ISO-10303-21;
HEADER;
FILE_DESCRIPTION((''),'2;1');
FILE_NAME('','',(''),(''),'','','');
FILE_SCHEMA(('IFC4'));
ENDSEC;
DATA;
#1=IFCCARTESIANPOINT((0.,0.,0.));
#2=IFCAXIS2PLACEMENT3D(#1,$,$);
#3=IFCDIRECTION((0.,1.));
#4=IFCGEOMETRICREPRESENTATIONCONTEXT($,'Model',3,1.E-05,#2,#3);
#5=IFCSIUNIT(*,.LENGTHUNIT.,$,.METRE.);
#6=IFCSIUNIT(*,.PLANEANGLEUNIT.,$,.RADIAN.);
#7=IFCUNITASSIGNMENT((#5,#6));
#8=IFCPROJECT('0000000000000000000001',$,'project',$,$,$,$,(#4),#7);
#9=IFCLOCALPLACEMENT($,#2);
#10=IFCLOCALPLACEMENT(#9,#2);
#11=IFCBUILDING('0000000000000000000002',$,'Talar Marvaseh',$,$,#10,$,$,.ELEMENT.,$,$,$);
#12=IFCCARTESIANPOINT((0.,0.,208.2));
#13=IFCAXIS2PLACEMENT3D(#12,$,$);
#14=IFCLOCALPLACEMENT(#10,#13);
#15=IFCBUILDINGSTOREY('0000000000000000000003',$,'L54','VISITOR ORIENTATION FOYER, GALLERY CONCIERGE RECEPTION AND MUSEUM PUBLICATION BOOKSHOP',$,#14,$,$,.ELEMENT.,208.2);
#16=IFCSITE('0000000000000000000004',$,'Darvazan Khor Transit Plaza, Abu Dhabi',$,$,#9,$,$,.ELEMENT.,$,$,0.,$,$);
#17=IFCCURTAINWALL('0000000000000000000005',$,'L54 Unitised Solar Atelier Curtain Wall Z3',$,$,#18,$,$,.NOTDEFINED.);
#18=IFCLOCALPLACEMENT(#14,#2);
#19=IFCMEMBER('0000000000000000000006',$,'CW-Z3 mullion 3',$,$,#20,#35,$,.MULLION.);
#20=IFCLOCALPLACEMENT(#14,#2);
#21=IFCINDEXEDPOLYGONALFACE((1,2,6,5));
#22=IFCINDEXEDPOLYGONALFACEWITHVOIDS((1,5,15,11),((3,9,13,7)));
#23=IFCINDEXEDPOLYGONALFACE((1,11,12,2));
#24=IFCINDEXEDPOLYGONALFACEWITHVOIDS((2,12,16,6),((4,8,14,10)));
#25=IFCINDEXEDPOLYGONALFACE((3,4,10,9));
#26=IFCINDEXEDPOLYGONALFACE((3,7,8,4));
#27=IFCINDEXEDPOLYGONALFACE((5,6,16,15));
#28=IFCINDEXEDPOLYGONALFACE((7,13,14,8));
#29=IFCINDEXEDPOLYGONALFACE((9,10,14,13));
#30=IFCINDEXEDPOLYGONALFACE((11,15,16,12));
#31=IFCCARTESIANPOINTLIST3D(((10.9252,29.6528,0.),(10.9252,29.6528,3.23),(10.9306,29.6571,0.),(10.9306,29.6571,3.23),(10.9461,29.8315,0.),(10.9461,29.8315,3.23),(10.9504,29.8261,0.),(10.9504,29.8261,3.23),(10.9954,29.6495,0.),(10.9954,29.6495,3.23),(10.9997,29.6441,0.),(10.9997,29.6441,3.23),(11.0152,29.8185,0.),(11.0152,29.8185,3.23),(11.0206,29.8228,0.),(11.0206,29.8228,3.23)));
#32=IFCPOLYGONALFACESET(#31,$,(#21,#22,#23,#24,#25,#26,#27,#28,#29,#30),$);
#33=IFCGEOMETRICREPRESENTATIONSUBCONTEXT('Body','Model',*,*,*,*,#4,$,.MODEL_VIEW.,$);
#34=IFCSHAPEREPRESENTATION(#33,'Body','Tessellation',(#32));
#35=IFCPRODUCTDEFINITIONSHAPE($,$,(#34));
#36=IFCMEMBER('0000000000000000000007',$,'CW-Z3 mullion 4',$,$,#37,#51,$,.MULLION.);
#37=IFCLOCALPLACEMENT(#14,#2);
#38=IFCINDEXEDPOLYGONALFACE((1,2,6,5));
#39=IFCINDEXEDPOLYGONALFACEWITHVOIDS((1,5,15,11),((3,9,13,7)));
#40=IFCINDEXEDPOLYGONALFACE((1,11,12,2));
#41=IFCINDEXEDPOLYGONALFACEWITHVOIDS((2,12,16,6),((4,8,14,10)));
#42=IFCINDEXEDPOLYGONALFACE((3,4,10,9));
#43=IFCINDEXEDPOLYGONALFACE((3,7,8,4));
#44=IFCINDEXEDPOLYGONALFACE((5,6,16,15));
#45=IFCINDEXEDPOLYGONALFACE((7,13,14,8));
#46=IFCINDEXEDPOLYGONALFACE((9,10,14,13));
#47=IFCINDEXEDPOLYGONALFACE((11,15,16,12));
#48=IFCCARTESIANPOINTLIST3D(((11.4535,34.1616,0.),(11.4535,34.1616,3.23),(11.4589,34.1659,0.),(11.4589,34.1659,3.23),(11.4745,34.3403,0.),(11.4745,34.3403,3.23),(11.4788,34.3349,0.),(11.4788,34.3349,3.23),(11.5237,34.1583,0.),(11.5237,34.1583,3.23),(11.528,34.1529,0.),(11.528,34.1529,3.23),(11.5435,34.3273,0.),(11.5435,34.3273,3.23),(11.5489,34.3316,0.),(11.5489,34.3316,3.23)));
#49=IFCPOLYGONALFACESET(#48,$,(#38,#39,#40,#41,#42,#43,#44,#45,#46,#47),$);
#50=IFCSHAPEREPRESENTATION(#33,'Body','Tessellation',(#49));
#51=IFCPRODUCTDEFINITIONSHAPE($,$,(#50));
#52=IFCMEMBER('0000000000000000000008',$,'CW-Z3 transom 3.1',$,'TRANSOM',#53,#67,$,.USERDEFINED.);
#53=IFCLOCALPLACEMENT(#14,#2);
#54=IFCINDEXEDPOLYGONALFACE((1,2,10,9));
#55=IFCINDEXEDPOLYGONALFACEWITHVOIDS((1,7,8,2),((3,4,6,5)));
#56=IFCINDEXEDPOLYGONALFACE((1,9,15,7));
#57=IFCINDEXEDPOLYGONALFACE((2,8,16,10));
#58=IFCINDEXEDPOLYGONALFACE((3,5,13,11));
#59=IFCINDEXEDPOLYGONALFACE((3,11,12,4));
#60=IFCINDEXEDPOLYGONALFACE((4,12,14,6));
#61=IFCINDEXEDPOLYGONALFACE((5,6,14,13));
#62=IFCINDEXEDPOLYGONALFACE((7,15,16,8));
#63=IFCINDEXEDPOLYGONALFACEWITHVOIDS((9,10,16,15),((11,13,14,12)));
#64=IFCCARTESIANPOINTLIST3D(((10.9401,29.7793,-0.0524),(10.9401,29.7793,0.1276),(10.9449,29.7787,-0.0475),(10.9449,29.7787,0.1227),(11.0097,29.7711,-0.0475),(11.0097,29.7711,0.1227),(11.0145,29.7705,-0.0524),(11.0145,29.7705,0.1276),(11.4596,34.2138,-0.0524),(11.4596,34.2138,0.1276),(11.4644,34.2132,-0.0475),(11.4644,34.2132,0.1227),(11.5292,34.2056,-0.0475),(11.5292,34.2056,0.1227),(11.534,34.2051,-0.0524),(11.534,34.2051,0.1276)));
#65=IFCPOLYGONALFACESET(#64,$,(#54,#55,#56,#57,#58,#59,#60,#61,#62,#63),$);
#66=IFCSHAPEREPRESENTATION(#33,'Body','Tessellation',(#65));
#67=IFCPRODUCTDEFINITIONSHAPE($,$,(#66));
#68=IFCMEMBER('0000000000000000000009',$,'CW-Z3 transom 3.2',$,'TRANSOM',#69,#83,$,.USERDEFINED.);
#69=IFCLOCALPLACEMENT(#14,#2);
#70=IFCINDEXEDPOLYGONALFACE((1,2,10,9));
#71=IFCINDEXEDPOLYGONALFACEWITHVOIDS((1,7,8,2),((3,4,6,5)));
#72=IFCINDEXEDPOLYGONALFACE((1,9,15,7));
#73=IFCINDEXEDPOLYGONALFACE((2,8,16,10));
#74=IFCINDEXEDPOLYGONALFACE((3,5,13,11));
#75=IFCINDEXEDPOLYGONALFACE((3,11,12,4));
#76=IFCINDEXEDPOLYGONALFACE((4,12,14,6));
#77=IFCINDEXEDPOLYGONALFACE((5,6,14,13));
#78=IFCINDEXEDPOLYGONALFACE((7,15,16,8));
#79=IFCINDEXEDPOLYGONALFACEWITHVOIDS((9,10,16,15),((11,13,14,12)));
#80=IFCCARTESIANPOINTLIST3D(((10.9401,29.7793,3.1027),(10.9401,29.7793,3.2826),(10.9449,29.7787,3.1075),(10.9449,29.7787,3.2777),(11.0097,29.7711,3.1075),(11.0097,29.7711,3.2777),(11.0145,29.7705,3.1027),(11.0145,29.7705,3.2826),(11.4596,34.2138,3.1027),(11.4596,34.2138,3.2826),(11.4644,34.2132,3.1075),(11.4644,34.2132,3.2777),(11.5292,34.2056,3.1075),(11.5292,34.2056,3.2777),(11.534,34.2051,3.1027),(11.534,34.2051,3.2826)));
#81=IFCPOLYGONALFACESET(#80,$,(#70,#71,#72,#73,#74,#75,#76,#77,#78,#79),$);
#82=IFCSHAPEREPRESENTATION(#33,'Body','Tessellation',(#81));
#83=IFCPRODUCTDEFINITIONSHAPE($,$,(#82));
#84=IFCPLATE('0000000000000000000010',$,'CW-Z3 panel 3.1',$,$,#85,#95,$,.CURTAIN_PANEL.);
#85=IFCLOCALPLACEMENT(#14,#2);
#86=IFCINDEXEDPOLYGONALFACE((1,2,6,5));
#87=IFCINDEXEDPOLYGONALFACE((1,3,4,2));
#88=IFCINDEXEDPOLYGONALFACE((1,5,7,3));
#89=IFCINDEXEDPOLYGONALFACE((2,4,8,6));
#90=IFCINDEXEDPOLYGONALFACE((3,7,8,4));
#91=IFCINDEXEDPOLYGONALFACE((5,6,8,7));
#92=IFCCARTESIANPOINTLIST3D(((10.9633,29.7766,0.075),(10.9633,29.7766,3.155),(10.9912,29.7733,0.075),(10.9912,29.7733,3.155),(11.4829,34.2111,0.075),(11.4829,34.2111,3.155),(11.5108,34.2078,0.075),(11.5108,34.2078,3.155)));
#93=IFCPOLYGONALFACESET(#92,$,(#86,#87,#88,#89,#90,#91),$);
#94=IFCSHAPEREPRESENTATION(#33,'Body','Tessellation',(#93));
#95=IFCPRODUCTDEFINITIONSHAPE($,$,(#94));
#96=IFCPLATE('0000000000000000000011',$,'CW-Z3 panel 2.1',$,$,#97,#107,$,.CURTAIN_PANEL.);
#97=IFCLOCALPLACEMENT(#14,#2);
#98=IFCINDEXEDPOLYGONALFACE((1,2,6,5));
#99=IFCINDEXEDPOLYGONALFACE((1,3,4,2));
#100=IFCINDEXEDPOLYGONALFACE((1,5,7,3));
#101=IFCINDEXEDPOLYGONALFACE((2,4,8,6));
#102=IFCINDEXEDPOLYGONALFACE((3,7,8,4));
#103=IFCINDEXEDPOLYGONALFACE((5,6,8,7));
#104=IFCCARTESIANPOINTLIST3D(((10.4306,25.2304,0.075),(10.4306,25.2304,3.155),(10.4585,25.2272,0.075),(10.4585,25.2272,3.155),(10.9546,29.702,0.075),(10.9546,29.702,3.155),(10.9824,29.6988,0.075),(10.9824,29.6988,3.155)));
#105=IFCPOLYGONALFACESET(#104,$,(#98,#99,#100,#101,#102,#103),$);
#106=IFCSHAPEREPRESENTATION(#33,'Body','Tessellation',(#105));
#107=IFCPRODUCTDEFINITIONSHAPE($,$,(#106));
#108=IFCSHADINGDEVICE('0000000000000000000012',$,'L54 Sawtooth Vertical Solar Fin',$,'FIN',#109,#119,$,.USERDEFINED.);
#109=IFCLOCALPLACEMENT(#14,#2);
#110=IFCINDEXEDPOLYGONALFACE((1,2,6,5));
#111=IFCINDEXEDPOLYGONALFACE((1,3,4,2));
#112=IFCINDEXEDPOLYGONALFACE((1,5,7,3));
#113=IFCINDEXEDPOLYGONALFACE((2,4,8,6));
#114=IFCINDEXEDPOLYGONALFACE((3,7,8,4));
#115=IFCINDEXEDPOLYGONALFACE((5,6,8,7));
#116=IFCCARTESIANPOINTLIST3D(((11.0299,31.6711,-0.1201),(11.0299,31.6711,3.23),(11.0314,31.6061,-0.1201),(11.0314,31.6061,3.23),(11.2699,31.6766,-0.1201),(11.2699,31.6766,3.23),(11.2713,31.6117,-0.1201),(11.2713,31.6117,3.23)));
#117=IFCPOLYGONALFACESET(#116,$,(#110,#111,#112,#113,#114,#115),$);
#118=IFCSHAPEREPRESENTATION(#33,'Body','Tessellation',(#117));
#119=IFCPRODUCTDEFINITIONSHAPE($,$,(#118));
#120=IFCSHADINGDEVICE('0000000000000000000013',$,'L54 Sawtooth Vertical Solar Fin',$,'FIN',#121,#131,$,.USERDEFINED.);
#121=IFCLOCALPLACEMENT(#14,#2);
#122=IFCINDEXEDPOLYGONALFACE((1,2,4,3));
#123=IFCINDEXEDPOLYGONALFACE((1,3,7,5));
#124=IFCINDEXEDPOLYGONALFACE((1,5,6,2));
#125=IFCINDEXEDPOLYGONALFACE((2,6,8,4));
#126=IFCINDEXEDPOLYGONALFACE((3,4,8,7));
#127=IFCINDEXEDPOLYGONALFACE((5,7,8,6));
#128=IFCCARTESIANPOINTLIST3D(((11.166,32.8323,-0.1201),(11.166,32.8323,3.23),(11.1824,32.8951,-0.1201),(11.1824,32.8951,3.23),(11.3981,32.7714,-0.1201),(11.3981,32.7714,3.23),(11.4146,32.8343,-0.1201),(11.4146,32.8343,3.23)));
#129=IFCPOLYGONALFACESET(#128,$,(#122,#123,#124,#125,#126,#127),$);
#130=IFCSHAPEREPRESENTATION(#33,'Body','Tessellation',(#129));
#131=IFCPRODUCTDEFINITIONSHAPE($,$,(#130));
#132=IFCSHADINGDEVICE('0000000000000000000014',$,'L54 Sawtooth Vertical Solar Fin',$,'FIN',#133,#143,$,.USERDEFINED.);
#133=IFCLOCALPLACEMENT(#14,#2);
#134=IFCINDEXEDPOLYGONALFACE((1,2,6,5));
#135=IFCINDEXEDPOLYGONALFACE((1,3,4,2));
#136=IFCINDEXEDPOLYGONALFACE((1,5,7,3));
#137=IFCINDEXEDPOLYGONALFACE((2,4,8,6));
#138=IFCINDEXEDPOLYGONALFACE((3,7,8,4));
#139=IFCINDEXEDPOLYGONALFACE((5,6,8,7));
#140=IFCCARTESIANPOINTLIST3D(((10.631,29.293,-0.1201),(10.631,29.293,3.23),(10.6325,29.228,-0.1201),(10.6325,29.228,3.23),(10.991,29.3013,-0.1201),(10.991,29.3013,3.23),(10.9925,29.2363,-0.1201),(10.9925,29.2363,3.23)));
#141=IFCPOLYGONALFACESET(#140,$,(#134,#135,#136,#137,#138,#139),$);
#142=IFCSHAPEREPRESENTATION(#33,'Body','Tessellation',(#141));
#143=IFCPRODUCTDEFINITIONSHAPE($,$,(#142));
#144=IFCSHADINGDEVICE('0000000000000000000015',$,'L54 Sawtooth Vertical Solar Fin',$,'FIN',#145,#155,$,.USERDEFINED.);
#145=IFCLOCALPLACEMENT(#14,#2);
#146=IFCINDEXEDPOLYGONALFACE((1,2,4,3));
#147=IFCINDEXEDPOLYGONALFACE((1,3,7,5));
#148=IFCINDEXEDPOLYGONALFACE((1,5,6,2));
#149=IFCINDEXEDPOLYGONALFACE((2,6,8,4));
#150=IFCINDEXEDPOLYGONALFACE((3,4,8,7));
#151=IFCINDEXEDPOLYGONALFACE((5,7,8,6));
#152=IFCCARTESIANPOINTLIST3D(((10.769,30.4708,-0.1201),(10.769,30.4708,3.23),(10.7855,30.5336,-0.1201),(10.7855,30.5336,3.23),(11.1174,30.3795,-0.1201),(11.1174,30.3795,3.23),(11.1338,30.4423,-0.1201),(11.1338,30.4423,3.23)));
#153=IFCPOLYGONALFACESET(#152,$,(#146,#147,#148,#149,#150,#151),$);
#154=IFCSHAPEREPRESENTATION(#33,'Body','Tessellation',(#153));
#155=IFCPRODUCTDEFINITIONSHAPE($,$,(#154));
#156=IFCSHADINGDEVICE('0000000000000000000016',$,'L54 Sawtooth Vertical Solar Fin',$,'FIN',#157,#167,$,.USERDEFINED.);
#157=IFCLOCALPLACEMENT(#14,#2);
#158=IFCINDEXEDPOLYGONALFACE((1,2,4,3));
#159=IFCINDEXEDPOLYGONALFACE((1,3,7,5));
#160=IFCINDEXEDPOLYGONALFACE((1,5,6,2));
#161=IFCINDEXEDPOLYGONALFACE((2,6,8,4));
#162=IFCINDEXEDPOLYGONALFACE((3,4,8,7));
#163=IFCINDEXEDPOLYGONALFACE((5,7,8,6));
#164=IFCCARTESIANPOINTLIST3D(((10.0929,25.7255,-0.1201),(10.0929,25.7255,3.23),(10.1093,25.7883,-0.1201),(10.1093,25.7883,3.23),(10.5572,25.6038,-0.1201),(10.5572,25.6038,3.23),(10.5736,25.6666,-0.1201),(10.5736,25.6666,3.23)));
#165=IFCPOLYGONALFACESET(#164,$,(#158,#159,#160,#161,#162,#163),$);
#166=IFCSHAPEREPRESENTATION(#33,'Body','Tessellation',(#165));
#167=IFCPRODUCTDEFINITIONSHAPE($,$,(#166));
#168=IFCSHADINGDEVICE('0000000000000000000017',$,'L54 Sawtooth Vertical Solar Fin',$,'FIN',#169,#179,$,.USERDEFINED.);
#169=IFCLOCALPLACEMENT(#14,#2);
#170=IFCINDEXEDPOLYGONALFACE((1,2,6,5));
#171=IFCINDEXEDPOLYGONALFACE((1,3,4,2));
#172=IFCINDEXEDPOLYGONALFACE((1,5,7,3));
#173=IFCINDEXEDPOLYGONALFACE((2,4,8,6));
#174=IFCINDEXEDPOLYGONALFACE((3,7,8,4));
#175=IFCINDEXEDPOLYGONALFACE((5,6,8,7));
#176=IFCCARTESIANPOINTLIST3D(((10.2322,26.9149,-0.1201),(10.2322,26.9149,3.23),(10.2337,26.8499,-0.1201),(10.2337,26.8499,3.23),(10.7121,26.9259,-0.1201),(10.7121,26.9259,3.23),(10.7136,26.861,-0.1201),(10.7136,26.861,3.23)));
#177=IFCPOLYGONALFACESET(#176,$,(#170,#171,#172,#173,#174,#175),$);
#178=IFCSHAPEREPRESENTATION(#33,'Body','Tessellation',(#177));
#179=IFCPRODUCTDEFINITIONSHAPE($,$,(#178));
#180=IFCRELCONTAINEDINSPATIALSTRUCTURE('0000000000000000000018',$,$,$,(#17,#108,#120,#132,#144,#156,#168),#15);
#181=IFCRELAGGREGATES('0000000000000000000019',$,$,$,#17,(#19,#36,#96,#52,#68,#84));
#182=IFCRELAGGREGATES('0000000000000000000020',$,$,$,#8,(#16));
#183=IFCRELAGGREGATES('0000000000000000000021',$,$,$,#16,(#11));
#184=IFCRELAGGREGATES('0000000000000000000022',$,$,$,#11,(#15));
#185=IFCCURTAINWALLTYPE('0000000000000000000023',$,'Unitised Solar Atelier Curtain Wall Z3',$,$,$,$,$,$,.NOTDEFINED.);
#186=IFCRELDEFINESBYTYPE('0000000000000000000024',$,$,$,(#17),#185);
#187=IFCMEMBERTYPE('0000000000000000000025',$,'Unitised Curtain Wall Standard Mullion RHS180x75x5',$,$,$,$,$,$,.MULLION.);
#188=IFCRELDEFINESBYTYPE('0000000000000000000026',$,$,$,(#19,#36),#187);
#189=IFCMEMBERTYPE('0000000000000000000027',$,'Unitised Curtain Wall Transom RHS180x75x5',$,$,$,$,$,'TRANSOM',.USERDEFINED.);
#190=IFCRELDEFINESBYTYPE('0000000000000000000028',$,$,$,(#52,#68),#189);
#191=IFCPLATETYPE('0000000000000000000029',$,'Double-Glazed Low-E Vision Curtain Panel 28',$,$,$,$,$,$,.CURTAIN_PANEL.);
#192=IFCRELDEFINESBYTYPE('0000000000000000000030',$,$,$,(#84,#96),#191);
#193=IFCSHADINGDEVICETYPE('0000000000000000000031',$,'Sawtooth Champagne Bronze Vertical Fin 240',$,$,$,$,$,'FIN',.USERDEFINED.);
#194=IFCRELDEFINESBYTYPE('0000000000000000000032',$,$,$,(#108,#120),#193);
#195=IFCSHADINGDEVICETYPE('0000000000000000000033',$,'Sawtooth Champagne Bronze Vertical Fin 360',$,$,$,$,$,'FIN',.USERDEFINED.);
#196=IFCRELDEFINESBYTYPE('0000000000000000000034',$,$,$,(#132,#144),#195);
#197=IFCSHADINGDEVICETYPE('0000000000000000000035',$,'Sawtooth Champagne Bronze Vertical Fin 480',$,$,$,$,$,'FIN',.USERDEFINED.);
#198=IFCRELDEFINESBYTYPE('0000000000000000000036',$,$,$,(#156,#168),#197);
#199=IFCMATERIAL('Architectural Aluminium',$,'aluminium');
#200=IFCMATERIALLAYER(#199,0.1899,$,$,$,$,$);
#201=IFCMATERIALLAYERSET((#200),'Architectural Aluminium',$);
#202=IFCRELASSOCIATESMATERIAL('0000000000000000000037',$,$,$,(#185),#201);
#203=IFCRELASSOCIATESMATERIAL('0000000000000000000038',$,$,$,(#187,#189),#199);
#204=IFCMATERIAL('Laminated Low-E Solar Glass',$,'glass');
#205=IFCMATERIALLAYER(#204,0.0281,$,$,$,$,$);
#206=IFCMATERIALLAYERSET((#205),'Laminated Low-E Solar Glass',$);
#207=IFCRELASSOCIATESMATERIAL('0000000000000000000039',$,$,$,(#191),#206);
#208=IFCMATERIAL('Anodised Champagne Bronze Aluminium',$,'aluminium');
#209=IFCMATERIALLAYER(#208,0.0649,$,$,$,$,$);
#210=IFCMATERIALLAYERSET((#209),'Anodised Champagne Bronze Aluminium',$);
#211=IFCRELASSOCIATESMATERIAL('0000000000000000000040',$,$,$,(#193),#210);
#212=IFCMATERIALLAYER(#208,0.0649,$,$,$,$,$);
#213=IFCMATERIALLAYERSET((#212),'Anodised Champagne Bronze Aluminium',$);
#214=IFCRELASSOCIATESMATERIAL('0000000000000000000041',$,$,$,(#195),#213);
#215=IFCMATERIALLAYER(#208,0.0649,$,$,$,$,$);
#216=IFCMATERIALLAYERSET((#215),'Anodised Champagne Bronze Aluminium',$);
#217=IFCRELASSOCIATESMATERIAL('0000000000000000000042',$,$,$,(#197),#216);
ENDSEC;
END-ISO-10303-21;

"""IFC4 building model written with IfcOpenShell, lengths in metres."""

from ifc_helpers import new_model, si_unit, direction, frame, origin, origin_2d, place, context, subcontext, project, spatial, rectangle, hollow_rectangle, extrude, source, transform, mapped, material, layer, layer_set, material_profile, profile_set, type_object, type_shapes, element, aggregate, save


model = new_model("IFC4")

# Units and contexts
model_context = context("Model", 3, precision=1e-05, world=origin(), true_north=direction((0.0, 1.0)))
body_context = subcontext(model_context, "Body", "Model", "MODEL_VIEW")
ifc_project = project(units=[si_unit("LENGTHUNIT", "METRE"), si_unit("PLANEANGLEUNIT", "RADIAN")], contexts=[model_context])

# Site, building, storey
site_placement = place(None, origin())
site = spatial("IfcSite", under=ifc_project, at=site_placement, Name="Darvazan Khor Transit Plaza, Abu Dhabi", CompositionType="ELEMENT", RefElevation=0.0)
building_placement = place(site_placement, origin())
building = spatial("IfcBuilding", under=site, at=building_placement, Name="Talar Marvaseh", CompositionType="ELEMENT")
storey_placement = place(building_placement, frame((0.0, 0.0, 208.2)))
storey = spatial("IfcBuildingStorey", under=building, at=storey_placement, Name="L54", Description="VISITOR ORIENTATION FOYER, GALLERY CONCIERGE RECEPTION AND MUSEUM PUBLICATION BOOKSHOP", CompositionType="ELEMENT", Elevation=208.2)

# Curtain wall, members, plates
ifc_material_1 = material(Name="Architectural Aluminium", Category="aluminium")
ifc_layer_1 = layer(ifc_material_1, 0.1899)
ifc_layer_set_1 = layer_set([ifc_layer_1], Name="Architectural Aluminium")
curtain_wall_type = type_object("IfcCurtainWallType", Name="Unitised Solar Atelier Curtain Wall Z3", PredefinedType="NOTDEFINED", material=ifc_layer_set_1)
curtain_wall_placement = place(storey_placement, origin())
curtain_wall = element("IfcCurtainWall", 1, at=curtain_wall_placement, inside=storey, type_object=curtain_wall_type, Name="L54 Unitised Solar Atelier Curtain Wall Z3", PredefinedType="NOTDEFINED")
ifc_material_profile_1 = material_profile(ifc_material_1, hollow_rectangle(XDim=0.075, YDim=0.1799, WallThickness=0.0049, at=origin_2d()), Name="RHS180x75x5")
ifc_profile_set_1 = profile_set([ifc_material_profile_1], Name="Architectural Aluminium")
member_type_1 = type_object("IfcMemberType", Name="Unitised Curtain Wall Standard Mullion RHS180x75x5", PredefinedType="MULLION", material=ifc_profile_set_1)
shared_shape_1 = source(origin(), body_context, "Body", "SweptSolid", [
    extrude(hollow_rectangle(XDim=0.075, YDim=0.1799, WallThickness=0.0049, at=origin_2d()), origin(), (0.0, 0.0, 1.0), 3.23),
])
type_shapes(member_type_1, [shared_shape_1])
member_1_placement = place(storey_placement, frame((10.9729, 29.7378, 0.0), z_axis=(0.0, 0.0, 1.0), x_axis=(-0.993206, 0.116366, 0.0)))
member_1 = element("IfcMember", 2, at=member_1_placement, type_object=member_type_1, Name="CW-Z3 mullion 3", PredefinedType="MULLION", context=body_context, shape_type="MappedRepresentation", body=[
    mapped(shared_shape_1, transform((0.0, 0.0, 0.0), x_axis=(1.0, 0.0, 0.0), y_axis=(0.0, 1.0, 0.0), z_axis=(0.0, 0.0, 1.0), scale=1.0)),
])
member_2_placement = place(storey_placement, frame((11.5012, 34.2466, 0.0), z_axis=(0.0, 0.0, 1.0), x_axis=(-0.993206, 0.116366, 0.0)))
member_2 = element("IfcMember", 3, at=member_2_placement, type_object=member_type_1, Name="CW-Z3 mullion 4", PredefinedType="MULLION", context=body_context, shape_type="MappedRepresentation", body=[
    mapped(shared_shape_1, transform((0.0, 0.0, 0.0), x_axis=(1.0, 0.0, 0.0), y_axis=(0.0, 1.0, 0.0), z_axis=(0.0, 0.0, 1.0), scale=1.0)),
])
ifc_material_profile_2 = material_profile(ifc_material_1, hollow_rectangle(XDim=0.075, YDim=0.1799, WallThickness=0.0049, at=origin_2d()), Name="RHS180x75x5")
ifc_profile_set_2 = profile_set([ifc_material_profile_2], Name="Architectural Aluminium")
member_type_2 = type_object("IfcMemberType", Name="Unitised Curtain Wall Transom RHS180x75x5", ElementType="TRANSOM", PredefinedType="USERDEFINED", material=ifc_profile_set_2)
shared_shape_2 = source(origin(), body_context, "Body", "SweptSolid", [
    extrude(hollow_rectangle(XDim=0.075, YDim=0.1799, WallThickness=0.0049, at=origin_2d()), origin(), (0.0, 0.0, 1.0), 4.4648),
])
type_shapes(member_type_2, [shared_shape_2])
member_3_placement = place(storey_placement, frame((10.9773, 29.7749, 0.0376), z_axis=(0.116359, 0.993207, 0.0), x_axis=(-0.993207, 0.116359, 0.0)))
member_3 = element("IfcMember", 4, at=member_3_placement, type_object=member_type_2, Name="CW-Z3 transom 3.1", ObjectType="TRANSOM", PredefinedType="USERDEFINED", context=body_context, shape_type="MappedRepresentation", body=[
    mapped(shared_shape_2, transform((0.0, 0.0, 0.0), x_axis=(1.0, 0.0, 0.0), y_axis=(0.0, 1.0, 0.0), z_axis=(0.0, 0.0, 1.0), scale=1.0)),
])
member_4_placement = place(storey_placement, frame((10.9773, 29.7749, 3.1926), z_axis=(0.116359, 0.993207, 0.0), x_axis=(-0.993207, 0.116359, 0.0)))
member_4 = element("IfcMember", 5, at=member_4_placement, type_object=member_type_2, Name="CW-Z3 transom 3.2", ObjectType="TRANSOM", PredefinedType="USERDEFINED", context=body_context, shape_type="MappedRepresentation", body=[
    mapped(shared_shape_2, transform((0.0, 0.0, 0.0), x_axis=(1.0, 0.0, 0.0), y_axis=(0.0, 1.0, 0.0), z_axis=(0.0, 0.0, 1.0), scale=1.0)),
])
ifc_material_2 = material(Name="Laminated Low-E Solar Glass", Category="glass")
ifc_layer_2 = layer(ifc_material_2, 0.0281)
ifc_layer_set_2 = layer_set([ifc_layer_2], Name="Laminated Low-E Solar Glass")
plate_type = type_object("IfcPlateType", Name="Double-Glazed Low-E Vision Curtain Panel 28", PredefinedType="CURTAIN_PANEL", material=ifc_layer_set_2)
shared_shape_3 = source(origin(), body_context, "Body", "SweptSolid", [
    extrude(rectangle(XDim=4.4648, YDim=0.0281, at=origin_2d()), origin(), (0.0, 0.0, 1.0), 3.0801),
])
plate_1_placement = place(storey_placement, frame((11.2371, 31.9922, 0.075), z_axis=(0.0, 0.0, 1.0), x_axis=(0.116366, 0.993206, 0.0)))
plate_1 = element("IfcPlate", 6, at=plate_1_placement, type_object=plate_type, Name="CW-Z3 panel 3.1", PredefinedType="CURTAIN_PANEL", context=body_context, shape_type="MappedRepresentation", body=[
    mapped(shared_shape_3, transform((0.0, 0.0, 0.0), x_axis=(1.0, 0.0, 0.0), y_axis=(0.0, 1.0, 0.0), z_axis=(0.0, 0.0, 1.0), scale=1.0)),
])
shared_shape_4 = source(origin(), body_context, "Body", "SweptSolid", [
    extrude(rectangle(XDim=4.5022, YDim=0.0281, at=origin_2d()), origin(), (0.0, 0.0, 1.0), 3.0801),
])
type_shapes(plate_type, [shared_shape_3, shared_shape_4])
plate_2_placement = place(storey_placement, frame((10.7065, 27.4646, 0.075), z_axis=(0.0, 0.0, 1.0), x_axis=(0.116366, 0.993206, 0.0)))
plate_2 = element("IfcPlate", 7, at=plate_2_placement, type_object=plate_type, Name="CW-Z3 panel 2.1", PredefinedType="CURTAIN_PANEL", context=body_context, shape_type="MappedRepresentation", body=[
    mapped(shared_shape_4, transform((0.0, 0.0, 0.0), x_axis=(1.0, 0.0, 0.0), y_axis=(0.0, 1.0, 0.0), z_axis=(0.0, 0.0, 1.0), scale=1.0)),
])
aggregate(curtain_wall, [member_1, member_2, plate_2, member_3, member_4, plate_1])

# Shading devices
ifc_material_3 = material(Name="Anodised Champagne Bronze Aluminium", Category="aluminium")
ifc_layer_3 = layer(ifc_material_3, 0.0649)
ifc_layer_set_3 = layer_set([ifc_layer_3], Name="Anodised Champagne Bronze Aluminium")
shading_device_type_1 = type_object("IfcShadingDeviceType", Name="Sawtooth Champagne Bronze Vertical Fin 240", ElementType="FIN", PredefinedType="USERDEFINED", material=ifc_layer_set_3)
shared_shape_5 = source(origin(), body_context, "Body", "SweptSolid", [
    extrude(rectangle(XDim=0.24, YDim=0.0649, at=origin_2d()), origin(), (0.0, 0.0, 1.0), 3.3501),
])
type_shapes(shading_device_type_1, [shared_shape_5])
for number, where, z_axis, x_axis, name in (
    (8, (11.1506, 31.6414, -0.1201), (0.0, 0.0, 1.0), (-0.999735, -0.023036, 0.0), "L54 Sawtooth Vertical Solar Fin"),
    (9, (11.2903, 32.8333, -0.1201), (0.0, 0.0, 1.0), (-0.967356, 0.25342, 0.0), "L54 Sawtooth Vertical Solar Fin"),
):
    element("IfcShadingDevice", number, at=place(storey_placement, frame(where, z_axis=z_axis, x_axis=x_axis)), inside=storey, type_object=shading_device_type_1, Name=name, ObjectType="FIN", PredefinedType="USERDEFINED", context=body_context, shape_type="MappedRepresentation", body=[
        mapped(shared_shape_5, transform((0.0, 0.0, 0.0), x_axis=(1.0, 0.0, 0.0), y_axis=(0.0, 1.0, 0.0), z_axis=(0.0, 0.0, 1.0), scale=1.0)),
    ])
ifc_layer_4 = layer(ifc_material_3, 0.0649)
ifc_layer_set_4 = layer_set([ifc_layer_4], Name="Anodised Champagne Bronze Aluminium")
shading_device_type_2 = type_object("IfcShadingDeviceType", Name="Sawtooth Champagne Bronze Vertical Fin 360", ElementType="FIN", PredefinedType="USERDEFINED", material=ifc_layer_set_4)
shared_shape_6 = source(origin(), body_context, "Body", "SweptSolid", [
    extrude(rectangle(XDim=0.3601, YDim=0.0649, at=origin_2d()), origin(), (0.0, 0.0, 1.0), 3.3501),
])
type_shapes(shading_device_type_2, [shared_shape_6])
for number, where, z_axis, x_axis, name in (
    (10, (10.8118, 29.2646, -0.1201), (0.0, 0.0, 1.0), (-0.999735, -0.023036, 0.0), "L54 Sawtooth Vertical Solar Fin"),
    (11, (10.9514, 30.4565, -0.1201), (0.0, 0.0, 1.0), (-0.967356, 0.25342, 0.0), "L54 Sawtooth Vertical Solar Fin"),
):
    element("IfcShadingDevice", number, at=place(storey_placement, frame(where, z_axis=z_axis, x_axis=x_axis)), inside=storey, type_object=shading_device_type_2, Name=name, ObjectType="FIN", PredefinedType="USERDEFINED", context=body_context, shape_type="MappedRepresentation", body=[
        mapped(shared_shape_6, transform((0.0, 0.0, 0.0), x_axis=(1.0, 0.0, 0.0), y_axis=(0.0, 1.0, 0.0), z_axis=(0.0, 0.0, 1.0), scale=1.0)),
    ])
ifc_layer_5 = layer(ifc_material_3, 0.0649)
ifc_layer_set_5 = layer_set([ifc_layer_5], Name="Anodised Champagne Bronze Aluminium")
shading_device_type_3 = type_object("IfcShadingDeviceType", Name="Sawtooth Champagne Bronze Vertical Fin 480", ElementType="FIN", PredefinedType="USERDEFINED", material=ifc_layer_set_5)
shared_shape_7 = source(origin(), body_context, "Body", "SweptSolid", [
    extrude(rectangle(XDim=0.48, YDim=0.0649, at=origin_2d()), origin(), (0.0, 0.0, 1.0), 3.3501),
])
type_shapes(shading_device_type_3, [shared_shape_7])
for number, where, z_axis, x_axis, name in (
    (12, (10.3333, 25.696, -0.1201), (0.0, 0.0, 1.0), (-0.967356, 0.25342, 0.0), "L54 Sawtooth Vertical Solar Fin"),
    (13, (10.4729, 26.8879, -0.1201), (0.0, 0.0, 1.0), (-0.999735, -0.023036, 0.0), "L54 Sawtooth Vertical Solar Fin"),
):
    element("IfcShadingDevice", number, at=place(storey_placement, frame(where, z_axis=z_axis, x_axis=x_axis)), inside=storey, type_object=shading_device_type_3, Name=name, ObjectType="FIN", PredefinedType="USERDEFINED", context=body_context, shape_type="MappedRepresentation", body=[
        mapped(shared_shape_7, transform((0.0, 0.0, 0.0), x_axis=(1.0, 0.0, 0.0), y_axis=(0.0, 1.0, 0.0), z_axis=(0.0, 0.0, 1.0), scale=1.0)),
    ])

save(model, "model.ifc")
